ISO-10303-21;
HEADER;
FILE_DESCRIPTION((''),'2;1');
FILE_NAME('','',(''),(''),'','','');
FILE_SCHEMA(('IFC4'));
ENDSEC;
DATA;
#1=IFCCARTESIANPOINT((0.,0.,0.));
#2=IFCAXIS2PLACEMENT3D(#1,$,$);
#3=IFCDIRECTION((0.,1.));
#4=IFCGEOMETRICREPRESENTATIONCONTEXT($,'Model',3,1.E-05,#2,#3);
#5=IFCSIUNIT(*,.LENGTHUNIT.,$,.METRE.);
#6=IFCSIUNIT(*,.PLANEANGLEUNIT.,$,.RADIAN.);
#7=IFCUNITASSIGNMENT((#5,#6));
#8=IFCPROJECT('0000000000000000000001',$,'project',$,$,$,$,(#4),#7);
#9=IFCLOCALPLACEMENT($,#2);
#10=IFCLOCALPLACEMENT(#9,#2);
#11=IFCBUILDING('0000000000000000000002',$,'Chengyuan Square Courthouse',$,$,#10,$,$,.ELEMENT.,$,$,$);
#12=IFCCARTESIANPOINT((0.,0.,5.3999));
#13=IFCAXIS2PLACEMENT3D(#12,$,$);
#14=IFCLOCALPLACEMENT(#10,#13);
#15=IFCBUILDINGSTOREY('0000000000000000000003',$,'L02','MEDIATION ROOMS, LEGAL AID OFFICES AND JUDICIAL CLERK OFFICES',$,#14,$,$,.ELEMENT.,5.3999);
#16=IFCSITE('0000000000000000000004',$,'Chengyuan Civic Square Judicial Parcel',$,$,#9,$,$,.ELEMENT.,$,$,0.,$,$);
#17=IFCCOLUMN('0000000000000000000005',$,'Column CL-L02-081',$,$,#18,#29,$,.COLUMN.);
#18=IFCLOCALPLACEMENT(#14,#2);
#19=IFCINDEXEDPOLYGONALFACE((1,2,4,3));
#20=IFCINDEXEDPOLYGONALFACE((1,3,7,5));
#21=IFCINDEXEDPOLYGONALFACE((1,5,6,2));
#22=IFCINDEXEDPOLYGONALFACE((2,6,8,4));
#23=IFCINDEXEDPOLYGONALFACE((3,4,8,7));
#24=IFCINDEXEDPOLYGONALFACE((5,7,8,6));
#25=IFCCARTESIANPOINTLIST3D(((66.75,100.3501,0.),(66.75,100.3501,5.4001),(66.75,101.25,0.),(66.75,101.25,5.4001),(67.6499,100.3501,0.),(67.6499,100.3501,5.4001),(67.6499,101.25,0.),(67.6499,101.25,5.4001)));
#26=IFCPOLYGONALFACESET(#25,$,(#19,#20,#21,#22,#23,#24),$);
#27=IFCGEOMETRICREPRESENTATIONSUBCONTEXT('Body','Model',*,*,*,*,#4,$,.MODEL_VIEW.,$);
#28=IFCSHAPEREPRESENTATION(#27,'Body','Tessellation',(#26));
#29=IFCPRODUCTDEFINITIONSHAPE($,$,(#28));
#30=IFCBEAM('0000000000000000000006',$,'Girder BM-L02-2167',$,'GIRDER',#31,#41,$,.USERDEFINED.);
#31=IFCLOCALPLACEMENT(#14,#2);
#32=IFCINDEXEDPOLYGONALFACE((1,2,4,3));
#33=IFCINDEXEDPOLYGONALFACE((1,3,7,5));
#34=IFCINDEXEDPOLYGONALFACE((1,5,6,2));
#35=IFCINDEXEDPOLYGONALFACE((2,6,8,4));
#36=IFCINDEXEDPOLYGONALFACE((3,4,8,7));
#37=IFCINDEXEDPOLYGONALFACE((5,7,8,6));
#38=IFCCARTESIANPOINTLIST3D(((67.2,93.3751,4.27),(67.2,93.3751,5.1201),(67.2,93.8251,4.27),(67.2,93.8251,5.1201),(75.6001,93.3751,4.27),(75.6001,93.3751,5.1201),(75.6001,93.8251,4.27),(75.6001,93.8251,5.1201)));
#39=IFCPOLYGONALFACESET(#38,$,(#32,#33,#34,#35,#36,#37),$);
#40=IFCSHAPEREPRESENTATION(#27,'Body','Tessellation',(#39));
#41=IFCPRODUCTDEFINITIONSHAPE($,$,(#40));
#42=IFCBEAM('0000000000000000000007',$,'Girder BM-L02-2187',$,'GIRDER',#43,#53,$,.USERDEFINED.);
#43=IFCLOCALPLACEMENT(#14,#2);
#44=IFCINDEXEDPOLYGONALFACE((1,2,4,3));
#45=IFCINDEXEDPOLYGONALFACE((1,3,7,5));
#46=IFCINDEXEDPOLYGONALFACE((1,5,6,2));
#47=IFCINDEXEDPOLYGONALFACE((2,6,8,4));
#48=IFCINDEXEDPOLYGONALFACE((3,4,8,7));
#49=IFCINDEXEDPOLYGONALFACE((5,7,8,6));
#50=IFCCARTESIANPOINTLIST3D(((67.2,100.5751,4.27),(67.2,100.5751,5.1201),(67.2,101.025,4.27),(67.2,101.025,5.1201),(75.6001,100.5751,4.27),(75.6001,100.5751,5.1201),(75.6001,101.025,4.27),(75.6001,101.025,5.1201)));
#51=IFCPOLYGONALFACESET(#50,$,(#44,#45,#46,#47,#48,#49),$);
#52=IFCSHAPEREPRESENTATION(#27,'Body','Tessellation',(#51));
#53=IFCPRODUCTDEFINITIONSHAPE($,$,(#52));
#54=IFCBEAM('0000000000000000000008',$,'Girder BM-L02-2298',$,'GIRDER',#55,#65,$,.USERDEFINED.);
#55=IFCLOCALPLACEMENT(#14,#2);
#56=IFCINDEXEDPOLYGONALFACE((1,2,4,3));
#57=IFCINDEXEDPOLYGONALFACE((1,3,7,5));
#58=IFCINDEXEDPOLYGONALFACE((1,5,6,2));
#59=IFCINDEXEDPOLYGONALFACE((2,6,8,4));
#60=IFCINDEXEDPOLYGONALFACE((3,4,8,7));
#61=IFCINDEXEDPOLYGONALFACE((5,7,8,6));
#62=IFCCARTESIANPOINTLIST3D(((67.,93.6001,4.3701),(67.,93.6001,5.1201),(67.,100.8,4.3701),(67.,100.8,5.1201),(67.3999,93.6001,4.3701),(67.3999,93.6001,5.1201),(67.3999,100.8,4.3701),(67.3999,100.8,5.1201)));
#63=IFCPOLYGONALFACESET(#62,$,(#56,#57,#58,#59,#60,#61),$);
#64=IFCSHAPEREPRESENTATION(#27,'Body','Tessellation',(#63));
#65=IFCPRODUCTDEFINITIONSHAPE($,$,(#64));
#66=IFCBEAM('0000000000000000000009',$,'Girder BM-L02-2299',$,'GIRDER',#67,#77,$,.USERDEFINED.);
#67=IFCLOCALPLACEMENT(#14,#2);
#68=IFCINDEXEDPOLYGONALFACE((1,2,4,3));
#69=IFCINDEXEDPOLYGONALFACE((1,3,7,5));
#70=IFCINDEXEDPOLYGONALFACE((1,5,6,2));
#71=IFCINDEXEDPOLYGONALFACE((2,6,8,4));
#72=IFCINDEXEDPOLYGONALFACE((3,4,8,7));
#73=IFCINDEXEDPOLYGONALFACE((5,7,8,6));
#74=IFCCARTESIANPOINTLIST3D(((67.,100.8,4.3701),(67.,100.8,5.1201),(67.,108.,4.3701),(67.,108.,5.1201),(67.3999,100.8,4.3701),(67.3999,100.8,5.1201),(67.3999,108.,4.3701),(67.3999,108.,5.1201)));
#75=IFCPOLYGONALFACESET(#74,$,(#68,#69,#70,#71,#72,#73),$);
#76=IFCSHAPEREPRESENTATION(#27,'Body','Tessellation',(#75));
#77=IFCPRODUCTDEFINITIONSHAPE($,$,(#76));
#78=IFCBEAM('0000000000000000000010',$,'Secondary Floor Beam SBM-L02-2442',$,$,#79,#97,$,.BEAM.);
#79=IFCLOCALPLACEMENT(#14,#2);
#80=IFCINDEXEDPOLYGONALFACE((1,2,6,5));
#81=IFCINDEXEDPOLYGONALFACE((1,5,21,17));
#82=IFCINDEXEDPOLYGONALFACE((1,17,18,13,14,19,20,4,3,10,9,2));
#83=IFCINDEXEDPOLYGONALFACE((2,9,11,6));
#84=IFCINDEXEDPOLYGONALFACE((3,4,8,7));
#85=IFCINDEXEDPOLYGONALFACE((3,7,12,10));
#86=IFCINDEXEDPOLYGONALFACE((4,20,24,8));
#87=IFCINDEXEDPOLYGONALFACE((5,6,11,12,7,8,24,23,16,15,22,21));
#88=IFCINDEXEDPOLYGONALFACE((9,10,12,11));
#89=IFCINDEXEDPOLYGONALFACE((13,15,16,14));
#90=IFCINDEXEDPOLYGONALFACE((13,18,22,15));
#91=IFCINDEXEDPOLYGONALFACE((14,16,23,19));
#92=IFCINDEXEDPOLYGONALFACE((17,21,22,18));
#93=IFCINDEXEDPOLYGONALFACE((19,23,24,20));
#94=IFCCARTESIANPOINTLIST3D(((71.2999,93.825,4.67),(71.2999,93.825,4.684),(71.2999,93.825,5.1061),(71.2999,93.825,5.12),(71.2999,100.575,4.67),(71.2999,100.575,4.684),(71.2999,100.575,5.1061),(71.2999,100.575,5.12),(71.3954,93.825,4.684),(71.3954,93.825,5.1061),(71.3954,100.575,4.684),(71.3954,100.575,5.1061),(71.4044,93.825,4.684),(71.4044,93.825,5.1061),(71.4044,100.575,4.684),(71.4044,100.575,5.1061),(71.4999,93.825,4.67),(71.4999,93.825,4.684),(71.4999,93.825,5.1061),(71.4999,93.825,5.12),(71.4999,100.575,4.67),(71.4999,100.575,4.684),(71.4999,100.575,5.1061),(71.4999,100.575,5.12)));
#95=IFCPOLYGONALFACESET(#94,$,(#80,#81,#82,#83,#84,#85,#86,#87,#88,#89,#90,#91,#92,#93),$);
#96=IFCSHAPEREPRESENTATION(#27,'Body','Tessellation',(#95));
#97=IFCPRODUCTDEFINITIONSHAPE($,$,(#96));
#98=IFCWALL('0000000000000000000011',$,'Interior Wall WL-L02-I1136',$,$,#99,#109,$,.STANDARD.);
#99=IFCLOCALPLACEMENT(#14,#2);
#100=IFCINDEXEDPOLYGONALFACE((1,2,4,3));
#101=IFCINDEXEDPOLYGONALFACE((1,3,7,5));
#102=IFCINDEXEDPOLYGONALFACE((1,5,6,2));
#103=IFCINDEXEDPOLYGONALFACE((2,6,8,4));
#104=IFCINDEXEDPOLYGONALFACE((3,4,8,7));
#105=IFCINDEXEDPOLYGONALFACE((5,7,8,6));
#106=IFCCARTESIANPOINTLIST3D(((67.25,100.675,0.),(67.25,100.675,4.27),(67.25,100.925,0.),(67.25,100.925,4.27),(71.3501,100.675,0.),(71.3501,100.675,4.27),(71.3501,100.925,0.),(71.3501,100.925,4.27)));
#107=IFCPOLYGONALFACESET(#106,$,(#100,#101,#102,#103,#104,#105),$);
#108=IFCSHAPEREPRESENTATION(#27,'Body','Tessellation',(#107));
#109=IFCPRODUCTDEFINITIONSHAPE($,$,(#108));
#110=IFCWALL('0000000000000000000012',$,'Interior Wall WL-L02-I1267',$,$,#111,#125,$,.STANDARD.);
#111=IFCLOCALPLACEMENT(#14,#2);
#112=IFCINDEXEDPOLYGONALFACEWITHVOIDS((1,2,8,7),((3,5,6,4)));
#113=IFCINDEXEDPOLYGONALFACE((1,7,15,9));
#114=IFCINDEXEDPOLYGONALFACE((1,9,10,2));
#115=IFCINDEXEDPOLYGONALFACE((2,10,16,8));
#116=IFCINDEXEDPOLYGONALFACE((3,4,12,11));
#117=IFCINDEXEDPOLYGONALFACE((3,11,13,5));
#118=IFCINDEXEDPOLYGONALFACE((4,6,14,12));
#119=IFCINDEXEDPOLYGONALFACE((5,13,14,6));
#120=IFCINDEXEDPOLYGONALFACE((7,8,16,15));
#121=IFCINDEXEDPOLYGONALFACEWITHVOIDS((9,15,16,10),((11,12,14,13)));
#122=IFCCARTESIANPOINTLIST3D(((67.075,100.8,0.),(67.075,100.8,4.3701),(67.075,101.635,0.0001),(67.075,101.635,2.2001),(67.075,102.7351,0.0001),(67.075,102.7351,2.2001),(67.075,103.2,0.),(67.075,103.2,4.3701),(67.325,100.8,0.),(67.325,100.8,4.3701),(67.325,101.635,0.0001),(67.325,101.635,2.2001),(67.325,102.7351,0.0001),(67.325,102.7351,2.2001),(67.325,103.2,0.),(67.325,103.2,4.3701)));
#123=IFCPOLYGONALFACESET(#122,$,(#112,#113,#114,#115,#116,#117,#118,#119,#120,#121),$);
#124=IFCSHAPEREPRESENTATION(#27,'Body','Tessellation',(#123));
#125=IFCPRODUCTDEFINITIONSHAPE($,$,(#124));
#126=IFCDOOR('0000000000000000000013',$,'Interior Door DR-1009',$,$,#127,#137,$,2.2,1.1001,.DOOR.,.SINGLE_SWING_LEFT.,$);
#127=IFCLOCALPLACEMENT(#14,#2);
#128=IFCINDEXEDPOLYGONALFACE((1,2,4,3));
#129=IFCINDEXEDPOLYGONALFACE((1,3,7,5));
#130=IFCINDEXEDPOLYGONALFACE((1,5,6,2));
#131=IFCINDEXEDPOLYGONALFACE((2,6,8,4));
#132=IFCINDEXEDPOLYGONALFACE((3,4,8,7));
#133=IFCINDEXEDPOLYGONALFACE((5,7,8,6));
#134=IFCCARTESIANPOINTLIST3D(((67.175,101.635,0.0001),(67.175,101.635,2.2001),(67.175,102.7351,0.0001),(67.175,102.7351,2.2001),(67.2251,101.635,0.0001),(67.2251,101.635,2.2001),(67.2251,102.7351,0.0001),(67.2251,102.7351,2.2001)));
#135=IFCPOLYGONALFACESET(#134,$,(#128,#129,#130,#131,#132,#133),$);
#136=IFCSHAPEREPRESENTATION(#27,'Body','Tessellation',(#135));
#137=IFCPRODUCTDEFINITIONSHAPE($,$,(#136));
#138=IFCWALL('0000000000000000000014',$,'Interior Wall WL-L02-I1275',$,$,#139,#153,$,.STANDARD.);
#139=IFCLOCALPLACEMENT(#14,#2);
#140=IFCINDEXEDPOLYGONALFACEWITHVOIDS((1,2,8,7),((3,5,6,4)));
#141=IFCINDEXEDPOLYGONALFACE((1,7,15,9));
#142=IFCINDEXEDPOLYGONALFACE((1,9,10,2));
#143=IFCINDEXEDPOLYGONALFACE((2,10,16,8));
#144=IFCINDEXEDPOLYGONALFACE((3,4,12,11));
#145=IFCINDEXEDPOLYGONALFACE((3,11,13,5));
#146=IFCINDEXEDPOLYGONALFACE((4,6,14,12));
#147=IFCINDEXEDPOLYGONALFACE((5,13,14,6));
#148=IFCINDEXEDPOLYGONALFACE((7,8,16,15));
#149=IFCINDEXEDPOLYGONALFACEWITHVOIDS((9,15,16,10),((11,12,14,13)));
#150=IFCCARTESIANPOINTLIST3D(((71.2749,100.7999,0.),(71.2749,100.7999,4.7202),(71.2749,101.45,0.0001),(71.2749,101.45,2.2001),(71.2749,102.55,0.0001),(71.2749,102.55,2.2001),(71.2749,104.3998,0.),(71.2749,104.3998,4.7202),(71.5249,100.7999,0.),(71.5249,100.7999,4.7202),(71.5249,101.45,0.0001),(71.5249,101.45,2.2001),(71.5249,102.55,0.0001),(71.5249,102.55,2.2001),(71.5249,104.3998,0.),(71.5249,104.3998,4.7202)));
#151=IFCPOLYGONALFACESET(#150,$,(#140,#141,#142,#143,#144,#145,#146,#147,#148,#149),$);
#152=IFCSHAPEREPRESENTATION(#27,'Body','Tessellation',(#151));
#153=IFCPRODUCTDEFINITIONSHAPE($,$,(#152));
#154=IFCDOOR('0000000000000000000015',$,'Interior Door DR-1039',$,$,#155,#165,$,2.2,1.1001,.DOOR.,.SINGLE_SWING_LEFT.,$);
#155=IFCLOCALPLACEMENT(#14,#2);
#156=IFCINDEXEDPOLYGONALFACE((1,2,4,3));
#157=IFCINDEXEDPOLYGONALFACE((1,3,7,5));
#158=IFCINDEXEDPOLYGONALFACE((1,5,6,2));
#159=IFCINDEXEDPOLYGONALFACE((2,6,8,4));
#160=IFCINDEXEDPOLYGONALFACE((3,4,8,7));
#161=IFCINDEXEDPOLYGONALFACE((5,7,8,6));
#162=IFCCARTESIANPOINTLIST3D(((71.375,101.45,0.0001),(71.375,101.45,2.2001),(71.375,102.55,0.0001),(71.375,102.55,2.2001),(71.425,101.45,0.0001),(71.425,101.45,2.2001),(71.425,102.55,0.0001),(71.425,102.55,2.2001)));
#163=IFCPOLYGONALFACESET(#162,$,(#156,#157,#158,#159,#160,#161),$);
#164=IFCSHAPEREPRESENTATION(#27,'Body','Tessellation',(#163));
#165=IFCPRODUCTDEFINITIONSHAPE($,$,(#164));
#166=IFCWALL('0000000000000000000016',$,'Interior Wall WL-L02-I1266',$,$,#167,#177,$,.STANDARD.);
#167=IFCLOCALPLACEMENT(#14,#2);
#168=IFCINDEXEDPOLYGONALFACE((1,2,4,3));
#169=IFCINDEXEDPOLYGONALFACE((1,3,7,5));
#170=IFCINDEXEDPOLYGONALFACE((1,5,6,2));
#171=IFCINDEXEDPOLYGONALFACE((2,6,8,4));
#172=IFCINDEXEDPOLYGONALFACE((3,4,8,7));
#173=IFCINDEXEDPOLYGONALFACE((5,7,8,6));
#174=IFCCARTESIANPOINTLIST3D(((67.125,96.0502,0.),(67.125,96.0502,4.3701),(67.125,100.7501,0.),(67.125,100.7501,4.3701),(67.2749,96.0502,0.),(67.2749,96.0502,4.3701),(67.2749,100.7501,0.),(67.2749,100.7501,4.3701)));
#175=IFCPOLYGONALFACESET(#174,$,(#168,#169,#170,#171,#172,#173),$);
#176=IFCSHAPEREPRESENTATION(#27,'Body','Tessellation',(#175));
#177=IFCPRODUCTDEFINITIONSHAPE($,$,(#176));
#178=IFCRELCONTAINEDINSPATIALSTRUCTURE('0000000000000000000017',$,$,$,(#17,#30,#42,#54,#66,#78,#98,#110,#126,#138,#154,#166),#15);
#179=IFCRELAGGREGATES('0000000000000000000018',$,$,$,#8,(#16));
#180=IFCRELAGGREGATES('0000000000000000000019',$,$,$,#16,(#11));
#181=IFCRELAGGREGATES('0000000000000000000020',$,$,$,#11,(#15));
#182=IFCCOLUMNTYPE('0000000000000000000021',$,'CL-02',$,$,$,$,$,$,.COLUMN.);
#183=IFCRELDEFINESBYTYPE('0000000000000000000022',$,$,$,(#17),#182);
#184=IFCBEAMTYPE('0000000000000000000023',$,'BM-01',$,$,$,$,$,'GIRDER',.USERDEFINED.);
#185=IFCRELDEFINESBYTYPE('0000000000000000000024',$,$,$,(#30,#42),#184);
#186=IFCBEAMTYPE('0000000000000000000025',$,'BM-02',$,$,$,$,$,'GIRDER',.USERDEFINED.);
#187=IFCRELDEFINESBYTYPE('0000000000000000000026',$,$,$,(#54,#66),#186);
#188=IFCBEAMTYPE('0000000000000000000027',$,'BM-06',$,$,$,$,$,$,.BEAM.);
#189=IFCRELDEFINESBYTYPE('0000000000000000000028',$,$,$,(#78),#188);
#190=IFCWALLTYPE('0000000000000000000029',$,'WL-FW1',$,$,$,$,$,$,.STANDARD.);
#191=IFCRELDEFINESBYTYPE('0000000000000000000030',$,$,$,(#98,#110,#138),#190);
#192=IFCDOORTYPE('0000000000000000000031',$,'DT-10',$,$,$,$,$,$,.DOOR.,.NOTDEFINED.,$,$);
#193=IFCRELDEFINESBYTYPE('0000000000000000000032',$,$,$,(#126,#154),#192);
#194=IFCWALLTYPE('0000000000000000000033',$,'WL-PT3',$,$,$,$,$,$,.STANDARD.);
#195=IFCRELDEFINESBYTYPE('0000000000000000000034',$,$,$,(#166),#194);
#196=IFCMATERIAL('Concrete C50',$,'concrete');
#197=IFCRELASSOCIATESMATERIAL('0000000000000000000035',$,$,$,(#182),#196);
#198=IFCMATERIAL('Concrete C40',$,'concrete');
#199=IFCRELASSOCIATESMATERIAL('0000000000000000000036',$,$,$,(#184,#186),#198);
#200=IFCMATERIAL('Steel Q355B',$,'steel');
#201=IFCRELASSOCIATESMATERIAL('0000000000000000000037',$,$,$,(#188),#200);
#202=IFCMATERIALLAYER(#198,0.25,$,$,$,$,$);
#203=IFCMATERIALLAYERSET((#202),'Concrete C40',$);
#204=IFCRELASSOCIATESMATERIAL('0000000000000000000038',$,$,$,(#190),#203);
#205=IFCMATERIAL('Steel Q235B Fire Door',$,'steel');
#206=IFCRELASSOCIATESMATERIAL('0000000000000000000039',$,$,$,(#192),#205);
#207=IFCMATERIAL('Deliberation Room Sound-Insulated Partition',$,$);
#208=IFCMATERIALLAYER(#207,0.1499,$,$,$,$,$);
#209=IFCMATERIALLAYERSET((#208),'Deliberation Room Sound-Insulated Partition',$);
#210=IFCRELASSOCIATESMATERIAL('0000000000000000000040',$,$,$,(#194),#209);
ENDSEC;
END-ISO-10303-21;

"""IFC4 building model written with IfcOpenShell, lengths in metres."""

from ifc_helpers import new_model, si_unit, direction, frame, frame_2d, origin, origin_2d, place, context, subcontext, project, spatial, rectangle, i_section, extrude, material, layer, layer_set, material_profile, profile_set, type_object, element, fill, save


model = new_model("IFC4")

# Units and contexts
model_context = context("Model", 3, precision=1e-05, world=origin(), true_north=direction((0.0, 1.0)))
body_context = subcontext(model_context, "Body", "Model", "MODEL_VIEW")
ifc_project = project(units=[si_unit("LENGTHUNIT", "METRE"), si_unit("PLANEANGLEUNIT", "RADIAN")], contexts=[model_context])

# Site, building, storey
site_placement = place(None, origin())
site = spatial("IfcSite", under=ifc_project, at=site_placement, Name="Chengyuan Civic Square Judicial Parcel", CompositionType="ELEMENT", RefElevation=0.0)
building_placement = place(site_placement, origin())
building = spatial("IfcBuilding", under=site, at=building_placement, Name="Chengyuan Square Courthouse", CompositionType="ELEMENT")
storey_placement = place(building_placement, frame((0.0, 0.0, 5.3999)))
storey = spatial("IfcBuildingStorey", under=building, at=storey_placement, Name="L02", Description="MEDIATION ROOMS, LEGAL AID OFFICES AND JUDICIAL CLERK OFFICES", CompositionType="ELEMENT", Elevation=5.3999)

# Column
ifc_material_1 = material(Name="Concrete C50", Category="concrete")
ifc_material_profile_1 = material_profile(ifc_material_1, rectangle(XDim=0.8999, YDim=0.8999, at=origin_2d()), Name="RC-COL-900x900")
ifc_profile_set_1 = profile_set([ifc_material_profile_1], Name="Concrete C50")
column_type = type_object("IfcColumnType", Name="CL-02", PredefinedType="COLUMN", material=ifc_profile_set_1)
column_placement = place(storey_placement, frame((67.2, 100.8, 0.0), z_axis=(0.0, 0.0, 1.0), x_axis=(1.0, 0.0, 0.0)))
element("IfcColumn", 1, at=column_placement, inside=storey, type_object=column_type, Name="Column CL-L02-081", PredefinedType="COLUMN", context=body_context, shape_type="SweptSolid", body=[
    extrude(rectangle(XDim=0.8999, YDim=0.8999, at=origin_2d()), origin(), (0.0, 0.0, 1.0), 5.4001),
])

# Beams
ifc_material_2 = material(Name="Concrete C40", Category="concrete")
ifc_material_profile_2 = material_profile(ifc_material_2, rectangle(XDim=0.45, YDim=0.8501, at=origin_2d()), Name="RC-BM-450x850")
ifc_profile_set_2 = profile_set([ifc_material_profile_2], Name="Concrete C40")
beam_type_1 = type_object("IfcBeamType", Name="BM-01", ElementType="GIRDER", PredefinedType="USERDEFINED", material=ifc_profile_set_2)
for number, where, z_axis, x_axis, name in (
    (2, (67.2, 93.6001, 4.6951), (1.0, 0.0, 0.0), (0.0, 1.0, 0.0), "Girder BM-L02-2167"),
    (3, (67.2, 100.8, 4.6951), (1.0, 0.0, 0.0), (0.0, 1.0, 0.0), "Girder BM-L02-2187"),
):
    element("IfcBeam", number, at=place(storey_placement, frame(where, z_axis=z_axis, x_axis=x_axis)), inside=storey, type_object=beam_type_1, Name=name, ObjectType="GIRDER", PredefinedType="USERDEFINED", context=body_context, shape_type="SweptSolid", body=[
        extrude(rectangle(XDim=0.45, YDim=0.8501, at=origin_2d()), origin(), (0.0, 0.0, 1.0), 8.4001),
    ])
ifc_material_profile_3 = material_profile(ifc_material_2, rectangle(XDim=0.3999, YDim=0.75, at=origin_2d()), Name="RC-BM-400x750")
ifc_profile_set_3 = profile_set([ifc_material_profile_3], Name="Concrete C40")
beam_type_2 = type_object("IfcBeamType", Name="BM-02", ElementType="GIRDER", PredefinedType="USERDEFINED", material=ifc_profile_set_3)
for number, where, z_axis, x_axis, name in (
    (4, (67.2, 93.6001, 4.7451), (0.0, 1.0, 0.0), (-1.0, 0.0, 0.0), "Girder BM-L02-2298"),
    (5, (67.2, 100.8, 4.7451), (0.0, 1.0, 0.0), (-1.0, 0.0, 0.0), "Girder BM-L02-2299"),
):
    element("IfcBeam", number, at=place(storey_placement, frame(where, z_axis=z_axis, x_axis=x_axis)), inside=storey, type_object=beam_type_2, Name=name, ObjectType="GIRDER", PredefinedType="USERDEFINED", context=body_context, shape_type="SweptSolid", body=[
        extrude(rectangle(XDim=0.3999, YDim=0.75, at=origin_2d()), origin(), (0.0, 0.0, 1.0), 7.2),
    ])
ifc_material_3 = material(Name="Steel Q355B", Category="steel")
ifc_material_profile_4 = material_profile(ifc_material_3, i_section(OverallWidth=0.2, OverallDepth=0.45, WebThickness=0.009, FlangeThickness=0.0139, at=origin_2d()), Name="HN 450x200x9x14")
ifc_profile_set_4 = profile_set([ifc_material_profile_4], Name="Steel Q355B")
beam_type_3 = type_object("IfcBeamType", Name="BM-06", PredefinedType="BEAM", material=ifc_profile_set_4)
beam_placement = place(storey_placement, frame((71.3999, 93.825, 4.895), z_axis=(0.0, 1.0, 0.0), x_axis=(-1.0, 0.0, 0.0)))
element("IfcBeam", 6, at=beam_placement, inside=storey, type_object=beam_type_3, Name="Secondary Floor Beam SBM-L02-2442", PredefinedType="BEAM", context=body_context, shape_type="SweptSolid", body=[
    extrude(i_section(OverallWidth=0.2, OverallDepth=0.45, WebThickness=0.009, FlangeThickness=0.0139, at=origin_2d()), origin(), (0.0, 0.0, 1.0), 6.75),
])

# Wall
ifc_layer_1 = layer(ifc_material_2, 0.25)
ifc_layer_set_1 = layer_set([ifc_layer_1], Name="Concrete C40")
wall_type_1 = type_object("IfcWallType", Name="WL-FW1", PredefinedType="STANDARD", material=ifc_layer_set_1)
wall_1_placement = place(storey_placement, frame((67.25, 100.8, 0.0), z_axis=(0.0, 0.0, 1.0), x_axis=(1.0, 0.0, 0.0)))
element("IfcWall", 7, at=wall_1_placement, inside=storey, type_object=wall_type_1, Name="Interior Wall WL-L02-I1136", PredefinedType="STANDARD", context=body_context, shape_type="SweptSolid", body=[
    extrude(rectangle(XDim=4.1001, YDim=0.25, at=frame_2d((2.05, 0.0))), origin(), (0.0, 0.0, 1.0), 4.27),
])

# Walls, openings, doors
wall_2_placement = place(storey_placement, frame((67.2, 100.8, 0.0), z_axis=(0.0, 0.0, 1.0), x_axis=(0.0, 1.0, 0.0)))
wall_2 = element("IfcWall", 8, at=wall_2_placement, inside=storey, type_object=wall_type_1, Name="Interior Wall WL-L02-I1267", PredefinedType="STANDARD", context=body_context, shape_type="SweptSolid", body=[
    extrude(rectangle(XDim=2.3999, YDim=0.25, at=frame_2d((1.2, 0.0))), origin(), (0.0, 0.0, 1.0), 4.3701),
])
opening_1_placement = place(wall_2_placement, frame((0.835, 0.0, 0.0)))
opening_1 = element("IfcOpeningElement", 9, at=opening_1_placement, cuts=wall_2, PredefinedType="OPENING", context=body_context, shape_type="SweptSolid", body=[
    extrude(rectangle(XDim=1.1001, YDim=2.2, at=frame_2d((0.55, 1.1001))), frame((0.0, 0.137, 0.0), z_axis=(0.0, -1.0, 0.0), x_axis=(1.0, 0.0, 0.0)), (0.0, 0.0, 1.0), 0.2739),
])
ifc_material_4 = material(Name="Steel Q235B Fire Door", Category="steel")
door_type_1 = type_object("IfcDoorType", Name="DT-10", OperationType="NOTDEFINED", PredefinedType="DOOR", material=ifc_material_4)
door_1_placement = place(opening_1_placement, origin())
door_1 = element("IfcDoor", 10, at=door_1_placement, inside=storey, type_object=door_type_1, Name="Interior Door DR-1009", OperationType="SINGLE_SWING_LEFT", OverallHeight=2.2, OverallWidth=1.1001, PredefinedType="DOOR", context=body_context, shape_type="SweptSolid", body=[
    extrude(rectangle(XDim=1.1001, YDim=2.2, at=frame_2d((0.55, 1.1001))), frame((0.0, 0.0249, 0.0), z_axis=(0.0, -1.0, 0.0), x_axis=(1.0, 0.0, 0.0)), (0.0, 0.0, 1.0), 0.05),
])
fill(opening_1, door_1)
wall_3_placement = place(storey_placement, frame((71.3999, 100.8, 0.0), z_axis=(0.0, 0.0, 1.0), x_axis=(0.0, 1.0, 0.0)))
wall_3 = element("IfcWall", 11, at=wall_3_placement, inside=storey, type_object=wall_type_1, Name="Interior Wall WL-L02-I1275", PredefinedType="STANDARD", context=body_context, shape_type="SweptSolid", body=[
    extrude(rectangle(XDim=3.5999, YDim=0.25, at=frame_2d((1.7998, 0.0))), origin(), (0.0, 0.0, 1.0), 4.7202),
])
opening_2_placement = place(wall_3_placement, frame((0.6499, 0.0, 0.0)))
opening_2 = element("IfcOpeningElement", 12, at=opening_2_placement, cuts=wall_3, PredefinedType="OPENING", context=body_context, shape_type="SweptSolid", body=[
    extrude(rectangle(XDim=1.1001, YDim=2.2, at=frame_2d((0.55, 1.1001))), frame((0.0, 0.137, 0.0), z_axis=(0.0, -1.0, 0.0), x_axis=(1.0, 0.0, 0.0)), (0.0, 0.0, 1.0), 0.2739),
])
door_2_placement = place(opening_2_placement, origin())
door_2 = element("IfcDoor", 13, at=door_2_placement, inside=storey, type_object=door_type_1, Name="Interior Door DR-1039", OperationType="SINGLE_SWING_LEFT", OverallHeight=2.2, OverallWidth=1.1001, PredefinedType="DOOR", context=body_context, shape_type="SweptSolid", body=[
    extrude(rectangle(XDim=1.1001, YDim=2.2, at=frame_2d((0.55, 1.1001))), frame((0.0, 0.0249, 0.0), z_axis=(0.0, -1.0, 0.0), x_axis=(1.0, 0.0, 0.0)), (0.0, 0.0, 1.0), 0.05),
])
fill(opening_2, door_2)

# Wall
ifc_material_5 = material(Name="Deliberation Room Sound-Insulated Partition")
ifc_layer_2 = layer(ifc_material_5, 0.1499)
ifc_layer_set_2 = layer_set([ifc_layer_2], Name="Deliberation Room Sound-Insulated Partition")
wall_type_2 = type_object("IfcWallType", Name="WL-PT3", PredefinedType="STANDARD", material=ifc_layer_set_2)
wall_4_placement = place(storey_placement, frame((67.2, 96.05, 0.0), z_axis=(0.0, 0.0, 1.0), x_axis=(0.0, 1.0, 0.0)))
element("IfcWall", 14, at=wall_4_placement, inside=storey, type_object=wall_type_2, Name="Interior Wall WL-L02-I1266", PredefinedType="STANDARD", context=body_context, shape_type="SweptSolid", body=[
    extrude(rectangle(XDim=4.7, YDim=0.1499, at=frame_2d((2.3501, 0.0))), origin(), (0.0, 0.0, 1.0), 4.3701),
])

save(model, "model.ifc")
